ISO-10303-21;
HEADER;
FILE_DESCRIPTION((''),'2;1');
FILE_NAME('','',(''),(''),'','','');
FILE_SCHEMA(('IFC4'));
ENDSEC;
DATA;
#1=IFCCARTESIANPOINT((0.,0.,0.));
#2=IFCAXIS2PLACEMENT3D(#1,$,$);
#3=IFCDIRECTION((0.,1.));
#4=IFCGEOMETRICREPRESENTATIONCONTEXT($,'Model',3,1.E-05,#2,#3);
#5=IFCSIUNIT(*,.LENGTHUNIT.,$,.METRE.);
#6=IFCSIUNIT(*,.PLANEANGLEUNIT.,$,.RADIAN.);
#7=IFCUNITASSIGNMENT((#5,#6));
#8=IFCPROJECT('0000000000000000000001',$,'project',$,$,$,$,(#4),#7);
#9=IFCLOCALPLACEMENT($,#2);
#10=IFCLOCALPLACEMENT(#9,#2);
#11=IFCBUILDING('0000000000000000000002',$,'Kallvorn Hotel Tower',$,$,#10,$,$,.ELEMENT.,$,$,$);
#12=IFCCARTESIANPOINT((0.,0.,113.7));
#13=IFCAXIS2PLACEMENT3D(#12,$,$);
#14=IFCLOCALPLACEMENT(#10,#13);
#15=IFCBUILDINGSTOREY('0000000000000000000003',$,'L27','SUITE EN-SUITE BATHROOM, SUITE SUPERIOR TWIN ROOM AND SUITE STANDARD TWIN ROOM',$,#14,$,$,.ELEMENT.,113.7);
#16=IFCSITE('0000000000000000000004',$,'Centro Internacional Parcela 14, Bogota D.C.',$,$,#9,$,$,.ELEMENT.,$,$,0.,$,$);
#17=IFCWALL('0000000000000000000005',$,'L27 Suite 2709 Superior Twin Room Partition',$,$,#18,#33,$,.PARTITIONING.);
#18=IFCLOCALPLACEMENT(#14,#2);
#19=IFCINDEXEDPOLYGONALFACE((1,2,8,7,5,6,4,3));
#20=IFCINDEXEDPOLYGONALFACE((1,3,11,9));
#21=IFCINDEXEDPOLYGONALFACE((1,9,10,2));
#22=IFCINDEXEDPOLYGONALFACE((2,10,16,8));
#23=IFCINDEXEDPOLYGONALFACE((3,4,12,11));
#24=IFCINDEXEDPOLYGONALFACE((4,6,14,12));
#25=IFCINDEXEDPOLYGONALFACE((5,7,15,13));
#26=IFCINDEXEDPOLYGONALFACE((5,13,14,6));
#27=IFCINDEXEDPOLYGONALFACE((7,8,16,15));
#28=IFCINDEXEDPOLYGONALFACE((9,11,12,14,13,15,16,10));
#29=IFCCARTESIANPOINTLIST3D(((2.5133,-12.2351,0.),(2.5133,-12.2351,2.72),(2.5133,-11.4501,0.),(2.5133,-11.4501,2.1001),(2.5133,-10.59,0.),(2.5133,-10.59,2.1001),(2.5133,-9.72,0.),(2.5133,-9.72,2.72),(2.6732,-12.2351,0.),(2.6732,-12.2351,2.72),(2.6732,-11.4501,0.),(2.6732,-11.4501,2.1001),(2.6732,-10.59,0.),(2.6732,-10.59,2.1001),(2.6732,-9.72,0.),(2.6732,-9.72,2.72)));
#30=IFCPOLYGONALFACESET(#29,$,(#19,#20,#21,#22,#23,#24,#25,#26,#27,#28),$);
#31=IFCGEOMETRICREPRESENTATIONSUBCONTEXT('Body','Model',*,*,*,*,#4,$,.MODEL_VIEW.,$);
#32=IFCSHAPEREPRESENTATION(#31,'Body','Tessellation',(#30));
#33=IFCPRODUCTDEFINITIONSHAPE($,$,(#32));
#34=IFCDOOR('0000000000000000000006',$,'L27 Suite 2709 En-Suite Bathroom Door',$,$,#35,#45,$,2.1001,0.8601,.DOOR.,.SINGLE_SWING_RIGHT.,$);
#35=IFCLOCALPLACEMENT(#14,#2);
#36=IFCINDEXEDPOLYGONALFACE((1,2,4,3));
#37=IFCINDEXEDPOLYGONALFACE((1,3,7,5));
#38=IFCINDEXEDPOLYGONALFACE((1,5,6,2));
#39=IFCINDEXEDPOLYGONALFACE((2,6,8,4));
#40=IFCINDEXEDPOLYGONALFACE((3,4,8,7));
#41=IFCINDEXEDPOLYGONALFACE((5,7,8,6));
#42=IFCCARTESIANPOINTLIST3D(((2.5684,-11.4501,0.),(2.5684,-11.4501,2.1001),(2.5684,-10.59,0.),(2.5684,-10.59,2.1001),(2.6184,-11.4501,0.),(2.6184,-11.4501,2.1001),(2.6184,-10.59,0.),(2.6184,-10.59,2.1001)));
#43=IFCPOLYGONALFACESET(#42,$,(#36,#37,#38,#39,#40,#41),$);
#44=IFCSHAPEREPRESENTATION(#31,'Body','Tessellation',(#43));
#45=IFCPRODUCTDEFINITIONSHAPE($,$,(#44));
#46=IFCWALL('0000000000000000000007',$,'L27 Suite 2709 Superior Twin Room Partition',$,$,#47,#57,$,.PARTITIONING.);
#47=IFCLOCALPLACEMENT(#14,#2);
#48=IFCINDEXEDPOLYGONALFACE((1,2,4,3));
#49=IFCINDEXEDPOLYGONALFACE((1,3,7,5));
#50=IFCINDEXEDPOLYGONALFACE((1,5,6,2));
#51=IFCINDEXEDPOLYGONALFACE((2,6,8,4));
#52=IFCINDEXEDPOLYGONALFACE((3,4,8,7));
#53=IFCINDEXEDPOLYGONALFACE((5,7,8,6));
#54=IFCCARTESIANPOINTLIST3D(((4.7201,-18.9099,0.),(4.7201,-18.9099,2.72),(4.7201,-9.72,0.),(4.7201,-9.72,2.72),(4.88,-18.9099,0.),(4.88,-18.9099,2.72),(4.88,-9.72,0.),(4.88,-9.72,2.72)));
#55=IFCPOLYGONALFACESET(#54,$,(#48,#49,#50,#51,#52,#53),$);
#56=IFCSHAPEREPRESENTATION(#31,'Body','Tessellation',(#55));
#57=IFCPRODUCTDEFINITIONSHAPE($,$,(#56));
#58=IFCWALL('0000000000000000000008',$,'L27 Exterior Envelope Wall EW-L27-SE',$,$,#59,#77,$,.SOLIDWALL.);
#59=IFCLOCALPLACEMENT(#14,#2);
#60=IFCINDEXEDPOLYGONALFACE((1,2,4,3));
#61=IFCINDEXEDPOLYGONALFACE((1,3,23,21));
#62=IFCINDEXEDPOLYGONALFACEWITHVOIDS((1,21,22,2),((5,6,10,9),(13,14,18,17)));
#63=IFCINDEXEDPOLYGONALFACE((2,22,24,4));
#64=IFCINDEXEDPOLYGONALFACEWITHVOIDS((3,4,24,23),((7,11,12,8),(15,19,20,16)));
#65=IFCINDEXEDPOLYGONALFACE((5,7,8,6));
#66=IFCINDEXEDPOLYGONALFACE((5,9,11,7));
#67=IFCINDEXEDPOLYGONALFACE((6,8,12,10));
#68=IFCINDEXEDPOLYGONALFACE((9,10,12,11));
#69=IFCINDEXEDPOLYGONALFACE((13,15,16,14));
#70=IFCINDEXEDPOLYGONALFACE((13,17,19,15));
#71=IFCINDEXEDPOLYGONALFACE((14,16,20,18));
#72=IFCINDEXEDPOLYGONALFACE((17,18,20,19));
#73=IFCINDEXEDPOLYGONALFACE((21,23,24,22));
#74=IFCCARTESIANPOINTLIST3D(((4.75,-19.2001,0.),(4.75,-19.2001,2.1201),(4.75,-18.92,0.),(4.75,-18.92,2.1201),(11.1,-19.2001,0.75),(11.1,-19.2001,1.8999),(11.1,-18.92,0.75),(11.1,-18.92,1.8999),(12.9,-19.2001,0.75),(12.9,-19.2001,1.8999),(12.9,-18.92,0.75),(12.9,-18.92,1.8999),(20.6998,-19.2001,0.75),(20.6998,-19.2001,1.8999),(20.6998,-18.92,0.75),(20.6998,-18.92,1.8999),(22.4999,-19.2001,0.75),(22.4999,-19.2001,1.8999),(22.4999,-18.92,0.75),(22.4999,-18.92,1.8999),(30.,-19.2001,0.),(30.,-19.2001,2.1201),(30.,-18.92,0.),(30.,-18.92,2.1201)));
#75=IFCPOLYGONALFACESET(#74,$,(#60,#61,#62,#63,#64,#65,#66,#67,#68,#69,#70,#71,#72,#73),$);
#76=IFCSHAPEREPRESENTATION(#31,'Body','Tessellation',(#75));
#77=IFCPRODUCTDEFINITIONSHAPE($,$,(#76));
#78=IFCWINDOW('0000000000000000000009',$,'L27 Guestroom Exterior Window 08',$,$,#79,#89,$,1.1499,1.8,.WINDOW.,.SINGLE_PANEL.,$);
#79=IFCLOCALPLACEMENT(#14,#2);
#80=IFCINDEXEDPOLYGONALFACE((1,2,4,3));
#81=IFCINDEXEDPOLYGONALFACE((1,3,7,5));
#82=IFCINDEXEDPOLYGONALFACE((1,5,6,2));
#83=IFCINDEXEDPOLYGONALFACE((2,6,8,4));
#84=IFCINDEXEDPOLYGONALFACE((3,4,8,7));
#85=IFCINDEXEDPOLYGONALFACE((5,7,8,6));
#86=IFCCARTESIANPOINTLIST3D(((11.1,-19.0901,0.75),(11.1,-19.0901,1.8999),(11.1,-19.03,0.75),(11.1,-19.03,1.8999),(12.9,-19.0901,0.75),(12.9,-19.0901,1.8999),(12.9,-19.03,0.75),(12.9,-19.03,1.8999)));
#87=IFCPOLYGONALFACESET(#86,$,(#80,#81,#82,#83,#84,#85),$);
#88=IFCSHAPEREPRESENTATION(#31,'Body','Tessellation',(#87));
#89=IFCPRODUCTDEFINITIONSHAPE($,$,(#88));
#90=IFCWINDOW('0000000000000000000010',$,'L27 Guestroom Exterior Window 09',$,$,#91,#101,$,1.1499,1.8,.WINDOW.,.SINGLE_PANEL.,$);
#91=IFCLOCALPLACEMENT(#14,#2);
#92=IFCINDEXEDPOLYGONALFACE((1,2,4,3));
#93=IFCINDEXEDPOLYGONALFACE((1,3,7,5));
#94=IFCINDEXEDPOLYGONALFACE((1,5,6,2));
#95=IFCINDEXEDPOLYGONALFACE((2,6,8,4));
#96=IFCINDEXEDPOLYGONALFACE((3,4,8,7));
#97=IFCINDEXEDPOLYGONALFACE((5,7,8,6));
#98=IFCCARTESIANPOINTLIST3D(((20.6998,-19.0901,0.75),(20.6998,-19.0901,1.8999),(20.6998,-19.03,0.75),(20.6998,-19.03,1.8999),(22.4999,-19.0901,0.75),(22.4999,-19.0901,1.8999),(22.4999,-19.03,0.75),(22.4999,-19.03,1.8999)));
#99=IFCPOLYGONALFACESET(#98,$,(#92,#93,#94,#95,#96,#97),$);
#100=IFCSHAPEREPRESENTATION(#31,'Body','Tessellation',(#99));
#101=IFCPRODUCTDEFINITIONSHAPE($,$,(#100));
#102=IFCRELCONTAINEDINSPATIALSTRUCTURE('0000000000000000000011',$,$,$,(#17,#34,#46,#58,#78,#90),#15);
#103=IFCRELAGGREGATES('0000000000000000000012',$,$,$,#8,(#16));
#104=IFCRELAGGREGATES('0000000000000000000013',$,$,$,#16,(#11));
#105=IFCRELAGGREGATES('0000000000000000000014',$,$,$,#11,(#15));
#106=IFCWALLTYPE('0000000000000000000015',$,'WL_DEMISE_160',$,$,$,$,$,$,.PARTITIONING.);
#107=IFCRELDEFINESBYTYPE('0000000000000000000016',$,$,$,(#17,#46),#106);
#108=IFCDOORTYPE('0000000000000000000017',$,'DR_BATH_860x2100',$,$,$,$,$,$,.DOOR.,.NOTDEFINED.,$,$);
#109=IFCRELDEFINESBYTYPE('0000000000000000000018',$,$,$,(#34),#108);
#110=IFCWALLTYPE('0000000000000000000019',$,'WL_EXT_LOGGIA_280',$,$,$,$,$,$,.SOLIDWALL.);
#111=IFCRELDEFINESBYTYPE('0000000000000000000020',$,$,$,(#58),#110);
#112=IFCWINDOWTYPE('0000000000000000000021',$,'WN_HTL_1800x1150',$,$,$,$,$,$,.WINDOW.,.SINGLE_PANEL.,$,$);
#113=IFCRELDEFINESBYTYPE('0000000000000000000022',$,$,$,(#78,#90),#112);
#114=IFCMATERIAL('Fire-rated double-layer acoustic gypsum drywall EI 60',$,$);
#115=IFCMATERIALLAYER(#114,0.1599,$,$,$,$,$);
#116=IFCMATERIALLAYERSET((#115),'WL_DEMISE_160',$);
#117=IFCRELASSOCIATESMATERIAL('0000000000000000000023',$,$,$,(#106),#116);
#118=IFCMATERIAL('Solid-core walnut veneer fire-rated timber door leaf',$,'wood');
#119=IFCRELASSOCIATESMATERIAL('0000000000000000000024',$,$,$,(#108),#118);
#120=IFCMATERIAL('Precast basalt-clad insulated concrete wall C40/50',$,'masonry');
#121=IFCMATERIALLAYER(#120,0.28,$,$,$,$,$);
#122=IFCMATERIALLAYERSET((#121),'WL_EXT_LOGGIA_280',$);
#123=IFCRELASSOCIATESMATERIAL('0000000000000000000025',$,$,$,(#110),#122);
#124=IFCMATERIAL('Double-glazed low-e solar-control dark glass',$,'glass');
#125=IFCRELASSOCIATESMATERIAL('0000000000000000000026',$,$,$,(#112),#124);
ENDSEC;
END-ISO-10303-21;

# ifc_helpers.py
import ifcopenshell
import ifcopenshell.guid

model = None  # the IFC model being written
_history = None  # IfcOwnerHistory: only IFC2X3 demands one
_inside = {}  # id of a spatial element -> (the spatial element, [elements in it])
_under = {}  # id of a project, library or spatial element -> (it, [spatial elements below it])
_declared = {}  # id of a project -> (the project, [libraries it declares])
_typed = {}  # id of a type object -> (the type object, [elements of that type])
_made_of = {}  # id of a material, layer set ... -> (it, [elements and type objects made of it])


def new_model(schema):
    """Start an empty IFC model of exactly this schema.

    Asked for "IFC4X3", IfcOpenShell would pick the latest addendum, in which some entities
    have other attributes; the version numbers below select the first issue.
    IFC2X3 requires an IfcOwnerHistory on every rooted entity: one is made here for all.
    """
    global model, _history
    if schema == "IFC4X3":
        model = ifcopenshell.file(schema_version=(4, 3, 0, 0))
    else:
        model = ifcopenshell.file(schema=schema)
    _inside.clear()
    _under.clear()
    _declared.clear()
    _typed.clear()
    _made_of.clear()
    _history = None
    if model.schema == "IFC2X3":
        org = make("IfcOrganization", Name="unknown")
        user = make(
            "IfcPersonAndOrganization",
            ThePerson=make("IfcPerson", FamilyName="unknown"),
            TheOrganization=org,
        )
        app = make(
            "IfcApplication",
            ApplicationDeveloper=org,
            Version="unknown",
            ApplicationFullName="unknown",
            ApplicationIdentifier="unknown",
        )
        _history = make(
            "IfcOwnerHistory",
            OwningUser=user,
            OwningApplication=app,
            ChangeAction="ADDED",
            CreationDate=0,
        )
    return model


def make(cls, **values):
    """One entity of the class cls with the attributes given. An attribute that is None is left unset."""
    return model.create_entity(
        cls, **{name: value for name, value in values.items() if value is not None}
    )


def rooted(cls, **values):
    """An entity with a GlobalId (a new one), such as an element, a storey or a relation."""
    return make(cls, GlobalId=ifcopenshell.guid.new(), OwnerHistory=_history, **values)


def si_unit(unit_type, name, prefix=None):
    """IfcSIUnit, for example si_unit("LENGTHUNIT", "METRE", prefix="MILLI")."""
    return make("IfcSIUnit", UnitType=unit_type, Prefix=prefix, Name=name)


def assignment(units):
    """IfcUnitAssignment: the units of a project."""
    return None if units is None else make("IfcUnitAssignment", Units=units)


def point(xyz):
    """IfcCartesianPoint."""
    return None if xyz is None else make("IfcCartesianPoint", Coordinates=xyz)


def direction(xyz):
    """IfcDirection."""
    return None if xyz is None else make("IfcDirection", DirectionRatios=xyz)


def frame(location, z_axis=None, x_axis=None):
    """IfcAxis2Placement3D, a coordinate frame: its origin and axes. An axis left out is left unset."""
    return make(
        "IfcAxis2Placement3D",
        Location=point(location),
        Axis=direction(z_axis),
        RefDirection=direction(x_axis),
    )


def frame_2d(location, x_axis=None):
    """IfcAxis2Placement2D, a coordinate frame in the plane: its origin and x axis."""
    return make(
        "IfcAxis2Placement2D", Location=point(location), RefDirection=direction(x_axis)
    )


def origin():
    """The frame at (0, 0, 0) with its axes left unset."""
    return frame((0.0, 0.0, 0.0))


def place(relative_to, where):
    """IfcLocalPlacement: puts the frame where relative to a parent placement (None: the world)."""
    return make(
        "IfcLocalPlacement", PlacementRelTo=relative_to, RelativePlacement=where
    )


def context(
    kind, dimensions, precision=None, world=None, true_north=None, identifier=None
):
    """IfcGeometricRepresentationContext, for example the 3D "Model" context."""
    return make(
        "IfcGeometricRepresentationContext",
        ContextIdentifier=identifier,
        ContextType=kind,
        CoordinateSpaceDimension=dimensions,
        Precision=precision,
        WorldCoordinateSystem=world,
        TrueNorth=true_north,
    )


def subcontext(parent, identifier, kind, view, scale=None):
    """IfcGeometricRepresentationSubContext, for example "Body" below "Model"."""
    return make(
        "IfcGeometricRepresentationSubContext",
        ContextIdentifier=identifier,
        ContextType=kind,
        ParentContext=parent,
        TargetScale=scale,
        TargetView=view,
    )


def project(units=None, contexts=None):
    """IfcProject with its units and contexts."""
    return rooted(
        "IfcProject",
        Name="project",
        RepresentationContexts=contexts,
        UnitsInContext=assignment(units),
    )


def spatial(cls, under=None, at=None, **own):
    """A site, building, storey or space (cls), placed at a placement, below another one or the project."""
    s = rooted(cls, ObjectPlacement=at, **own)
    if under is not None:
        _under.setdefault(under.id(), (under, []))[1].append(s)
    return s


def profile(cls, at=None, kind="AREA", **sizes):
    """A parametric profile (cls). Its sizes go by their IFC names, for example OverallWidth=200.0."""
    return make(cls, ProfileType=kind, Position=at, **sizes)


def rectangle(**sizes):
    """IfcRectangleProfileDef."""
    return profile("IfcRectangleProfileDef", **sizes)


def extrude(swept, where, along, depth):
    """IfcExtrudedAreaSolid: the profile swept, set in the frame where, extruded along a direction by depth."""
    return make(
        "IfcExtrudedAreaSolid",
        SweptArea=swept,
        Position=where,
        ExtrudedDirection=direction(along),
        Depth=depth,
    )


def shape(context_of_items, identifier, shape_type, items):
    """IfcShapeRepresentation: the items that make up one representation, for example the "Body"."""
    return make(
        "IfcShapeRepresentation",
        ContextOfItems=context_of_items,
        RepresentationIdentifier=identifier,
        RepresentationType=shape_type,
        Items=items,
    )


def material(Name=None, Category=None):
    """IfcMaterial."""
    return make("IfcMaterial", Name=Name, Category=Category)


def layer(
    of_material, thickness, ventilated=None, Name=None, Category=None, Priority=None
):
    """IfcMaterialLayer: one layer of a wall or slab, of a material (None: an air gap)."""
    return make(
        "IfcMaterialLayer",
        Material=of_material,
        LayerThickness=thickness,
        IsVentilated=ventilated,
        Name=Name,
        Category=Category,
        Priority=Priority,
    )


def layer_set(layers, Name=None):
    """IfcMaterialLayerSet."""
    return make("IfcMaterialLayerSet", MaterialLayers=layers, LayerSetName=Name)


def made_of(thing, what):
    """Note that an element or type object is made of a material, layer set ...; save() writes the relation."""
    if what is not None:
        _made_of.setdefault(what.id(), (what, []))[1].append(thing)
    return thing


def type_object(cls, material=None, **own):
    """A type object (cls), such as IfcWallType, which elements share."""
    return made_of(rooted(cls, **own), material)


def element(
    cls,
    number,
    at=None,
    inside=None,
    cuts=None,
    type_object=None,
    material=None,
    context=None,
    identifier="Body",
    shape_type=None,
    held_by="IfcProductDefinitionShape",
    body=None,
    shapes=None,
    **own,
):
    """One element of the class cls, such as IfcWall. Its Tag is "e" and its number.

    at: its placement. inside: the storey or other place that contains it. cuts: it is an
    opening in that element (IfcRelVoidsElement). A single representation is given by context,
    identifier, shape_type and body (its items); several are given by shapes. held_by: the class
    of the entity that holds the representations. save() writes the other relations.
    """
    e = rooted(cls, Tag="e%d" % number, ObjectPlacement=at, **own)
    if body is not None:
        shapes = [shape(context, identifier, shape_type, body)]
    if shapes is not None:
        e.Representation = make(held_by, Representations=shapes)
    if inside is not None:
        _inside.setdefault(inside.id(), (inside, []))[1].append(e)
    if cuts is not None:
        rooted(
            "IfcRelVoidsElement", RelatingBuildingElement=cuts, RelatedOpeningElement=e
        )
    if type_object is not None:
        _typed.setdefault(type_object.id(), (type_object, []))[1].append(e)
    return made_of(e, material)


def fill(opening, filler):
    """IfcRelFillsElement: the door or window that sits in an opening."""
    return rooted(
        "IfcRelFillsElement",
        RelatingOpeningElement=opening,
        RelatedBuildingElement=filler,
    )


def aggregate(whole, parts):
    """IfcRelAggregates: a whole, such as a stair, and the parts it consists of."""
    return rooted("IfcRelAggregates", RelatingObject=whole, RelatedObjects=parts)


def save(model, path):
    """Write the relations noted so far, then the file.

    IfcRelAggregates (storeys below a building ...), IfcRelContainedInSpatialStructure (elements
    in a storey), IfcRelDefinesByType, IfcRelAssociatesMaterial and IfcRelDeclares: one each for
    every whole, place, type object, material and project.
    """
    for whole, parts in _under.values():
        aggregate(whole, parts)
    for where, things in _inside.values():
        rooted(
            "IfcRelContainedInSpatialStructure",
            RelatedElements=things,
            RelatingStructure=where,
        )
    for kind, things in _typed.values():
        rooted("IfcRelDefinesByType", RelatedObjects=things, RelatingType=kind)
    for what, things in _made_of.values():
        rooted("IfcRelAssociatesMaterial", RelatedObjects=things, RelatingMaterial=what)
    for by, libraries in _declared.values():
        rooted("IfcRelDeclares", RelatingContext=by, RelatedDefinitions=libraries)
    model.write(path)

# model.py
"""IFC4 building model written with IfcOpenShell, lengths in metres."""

from ifc_helpers import new_model, si_unit, direction, frame, frame_2d, origin, place, context, subcontext, project, spatial, rectangle, extrude, material, layer, layer_set, type_object, element, fill, save


model = new_model("IFC4")

# Units and contexts
model_context = context("Model", 3, precision=1e-05, world=origin(), true_north=direction((0.0, 1.0)))
body_context = subcontext(model_context, "Body", "Model", "MODEL_VIEW")
ifc_project = project(units=[si_unit("LENGTHUNIT", "METRE"), si_unit("PLANEANGLEUNIT", "RADIAN")], contexts=[model_context])

# Site, building, storey
site_placement = place(None, origin())
site = spatial("IfcSite", under=ifc_project, at=site_placement, Name="Centro Internacional Parcela 14, Bogota D.C.", CompositionType="ELEMENT", RefElevation=0.0)
building_placement = place(site_placement, origin())
building = spatial("IfcBuilding", under=site, at=building_placement, Name="Kallvorn Hotel Tower", CompositionType="ELEMENT")
storey_placement = place(building_placement, frame((0.0, 0.0, 113.7)))
storey = spatial("IfcBuildingStorey", under=building, at=storey_placement, Name="L27", Description="SUITE EN-SUITE BATHROOM, SUITE SUPERIOR TWIN ROOM AND SUITE STANDARD TWIN ROOM", CompositionType="ELEMENT", Elevation=113.7)

# Shared definitions
ifc_material_1 = material(Name="Fire-rated double-layer acoustic gypsum drywall EI 60")
ifc_layer_1 = layer(ifc_material_1, 0.1599)
ifc_layer_set_1 = layer_set([ifc_layer_1], Name="WL_DEMISE_160")
wall_type_1 = type_object("IfcWallType", Name="WL_DEMISE_160", PredefinedType="PARTITIONING", material=ifc_layer_set_1)

# Wall, opening, door
wall_1_placement = place(storey_placement, frame((2.5933, -12.2351, 0.0), z_axis=(0.0, 0.0, 1.0), x_axis=(0.0, 1.0, 0.0)))
wall_1 = element("IfcWall", 1, at=wall_1_placement, inside=storey, type_object=wall_type_1, Name="L27 Suite 2709 Superior Twin Room Partition", PredefinedType="PARTITIONING", context=body_context, shape_type="SweptSolid", body=[
    extrude(rectangle(XDim=2.5151, YDim=0.1599, at=frame_2d((1.2576, 0.0))), origin(), (0.0, 0.0, 1.0), 2.72),
])
opening_1_placement = place(wall_1_placement, frame((0.7849, 0.0, 0.0)))
opening_1 = element("IfcOpeningElement", 2, at=opening_1_placement, cuts=wall_1, PredefinedType="OPENING", context=body_context, shape_type="SweptSolid", body=[
    extrude(rectangle(XDim=0.8601, YDim=2.1001, at=frame_2d((0.4302, 1.05))), frame((0.0, 0.095, 0.0), z_axis=(0.0, -1.0, 0.0), x_axis=(1.0, 0.0, 0.0)), (0.0, 0.0, 1.0), 0.1899),
])
ifc_material_2 = material(Name="Solid-core walnut veneer fire-rated timber door leaf", Category="wood")
door_type = type_object("IfcDoorType", Name="DR_BATH_860x2100", OperationType="NOTDEFINED", PredefinedType="DOOR", material=ifc_material_2)
door_placement = place(opening_1_placement, origin())
door = element("IfcDoor", 3, at=door_placement, inside=storey, type_object=door_type, Name="L27 Suite 2709 En-Suite Bathroom Door", OperationType="SINGLE_SWING_RIGHT", OverallHeight=2.1001, OverallWidth=0.8601, PredefinedType="DOOR", context=body_context, shape_type="SweptSolid", body=[
    extrude(rectangle(XDim=0.8601, YDim=2.1001, at=frame_2d((0.4302, 1.05))), frame((0.0, 0.0249, 0.0), z_axis=(0.0, -1.0, 0.0), x_axis=(1.0, 0.0, 0.0)), (0.0, 0.0, 1.0), 0.05),
])
fill(opening_1, door)

# Wall
wall_2_placement = place(storey_placement, frame((4.8, -18.9099, 0.0), z_axis=(0.0, 0.0, 1.0), x_axis=(0.0, 1.0, 0.0)))
element("IfcWall", 4, at=wall_2_placement, inside=storey, type_object=wall_type_1, Name="L27 Suite 2709 Superior Twin Room Partition", PredefinedType="PARTITIONING", context=body_context, shape_type="SweptSolid", body=[
    extrude(rectangle(XDim=9.1899, YDim=0.1599, at=frame_2d((4.595, 0.0))), origin(), (0.0, 0.0, 1.0), 2.72),
])

# Wall, openings, windows
ifc_material_3 = material(Name="Precast basalt-clad insulated concrete wall C40/50", Category="masonry")
ifc_layer_2 = layer(ifc_material_3, 0.28)
ifc_layer_set_2 = layer_set([ifc_layer_2], Name="WL_EXT_LOGGIA_280")
wall_type_2 = type_object("IfcWallType", Name="WL_EXT_LOGGIA_280", PredefinedType="SOLIDWALL", material=ifc_layer_set_2)
wall_3_placement = place(storey_placement, frame((4.75, -19.0601, 0.0), z_axis=(0.0, 0.0, 1.0), x_axis=(1.0, 0.0, 0.0)))
wall_3 = element("IfcWall", 5, at=wall_3_placement, inside=storey, type_object=wall_type_2, Name="L27 Exterior Envelope Wall EW-L27-SE", PredefinedType="SOLIDWALL", context=body_context, shape_type="SweptSolid", body=[
    extrude(rectangle(XDim=25.25, YDim=0.28, at=frame_2d((12.625, 0.0))), origin(), (0.0, 0.0, 1.0), 2.1201),
])
opening_2_placement = place(wall_3_placement, frame((6.3501, 0.0, 0.75)))
opening_2 = element("IfcOpeningElement", 6, at=opening_2_placement, cuts=wall_3, PredefinedType="OPENING", context=body_context, shape_type="SweptSolid", body=[
    extrude(rectangle(XDim=1.8, YDim=1.1499, at=frame_2d((0.8999, 0.575))), frame((0.0, 0.155, 0.0), z_axis=(0.0, -1.0, 0.0), x_axis=(1.0, 0.0, 0.0)), (0.0, 0.0, 1.0), 0.3101),
])
opening_3_placement = place(wall_3_placement, frame((15.95, 0.0, 0.75)))
opening_3 = element("IfcOpeningElement", 7, at=opening_3_placement, cuts=wall_3, PredefinedType="OPENING", context=body_context, shape_type="SweptSolid", body=[
    extrude(rectangle(XDim=1.8, YDim=1.1499, at=frame_2d((0.8999, 0.575))), frame((0.0, 0.155, 0.0), z_axis=(0.0, -1.0, 0.0), x_axis=(1.0, 0.0, 0.0)), (0.0, 0.0, 1.0), 0.3101),
])
ifc_material_4 = material(Name="Double-glazed low-e solar-control dark glass", Category="glass")
window_type = type_object("IfcWindowType", Name="WN_HTL_1800x1150", PartitioningType="SINGLE_PANEL", PredefinedType="WINDOW", material=ifc_material_4)
window_1_placement = place(opening_2_placement, origin())
window_1 = element("IfcWindow", 8, at=window_1_placement, inside=storey, type_object=window_type, Name="L27 Guestroom Exterior Window 08", OverallHeight=1.1499, OverallWidth=1.8, PartitioningType="SINGLE_PANEL", PredefinedType="WINDOW", context=body_context, shape_type="SweptSolid", body=[
    extrude(rectangle(XDim=1.8, YDim=1.1499, at=frame_2d((0.8999, 0.575))), frame((0.0, 0.03, 0.0), z_axis=(0.0, -1.0, 0.0), x_axis=(1.0, 0.0, 0.0)), (0.0, 0.0, 1.0), 0.0601),
])
fill(opening_2, window_1)
window_2_placement = place(opening_3_placement, origin())
window_2 = element("IfcWindow", 9, at=window_2_placement, inside=storey, type_object=window_type, Name="L27 Guestroom Exterior Window 09", OverallHeight=1.1499, OverallWidth=1.8, PartitioningType="SINGLE_PANEL", PredefinedType="WINDOW", context=body_context, shape_type="SweptSolid", body=[
    extrude(rectangle(XDim=1.8, YDim=1.1499, at=frame_2d((0.8999, 0.575))), frame((0.0, 0.03, 0.0), z_axis=(0.0, -1.0, 0.0), x_axis=(1.0, 0.0, 0.0)), (0.0, 0.0, 1.0), 0.0601),
])
fill(opening_3, window_2)

save(model, "model.ifc")
